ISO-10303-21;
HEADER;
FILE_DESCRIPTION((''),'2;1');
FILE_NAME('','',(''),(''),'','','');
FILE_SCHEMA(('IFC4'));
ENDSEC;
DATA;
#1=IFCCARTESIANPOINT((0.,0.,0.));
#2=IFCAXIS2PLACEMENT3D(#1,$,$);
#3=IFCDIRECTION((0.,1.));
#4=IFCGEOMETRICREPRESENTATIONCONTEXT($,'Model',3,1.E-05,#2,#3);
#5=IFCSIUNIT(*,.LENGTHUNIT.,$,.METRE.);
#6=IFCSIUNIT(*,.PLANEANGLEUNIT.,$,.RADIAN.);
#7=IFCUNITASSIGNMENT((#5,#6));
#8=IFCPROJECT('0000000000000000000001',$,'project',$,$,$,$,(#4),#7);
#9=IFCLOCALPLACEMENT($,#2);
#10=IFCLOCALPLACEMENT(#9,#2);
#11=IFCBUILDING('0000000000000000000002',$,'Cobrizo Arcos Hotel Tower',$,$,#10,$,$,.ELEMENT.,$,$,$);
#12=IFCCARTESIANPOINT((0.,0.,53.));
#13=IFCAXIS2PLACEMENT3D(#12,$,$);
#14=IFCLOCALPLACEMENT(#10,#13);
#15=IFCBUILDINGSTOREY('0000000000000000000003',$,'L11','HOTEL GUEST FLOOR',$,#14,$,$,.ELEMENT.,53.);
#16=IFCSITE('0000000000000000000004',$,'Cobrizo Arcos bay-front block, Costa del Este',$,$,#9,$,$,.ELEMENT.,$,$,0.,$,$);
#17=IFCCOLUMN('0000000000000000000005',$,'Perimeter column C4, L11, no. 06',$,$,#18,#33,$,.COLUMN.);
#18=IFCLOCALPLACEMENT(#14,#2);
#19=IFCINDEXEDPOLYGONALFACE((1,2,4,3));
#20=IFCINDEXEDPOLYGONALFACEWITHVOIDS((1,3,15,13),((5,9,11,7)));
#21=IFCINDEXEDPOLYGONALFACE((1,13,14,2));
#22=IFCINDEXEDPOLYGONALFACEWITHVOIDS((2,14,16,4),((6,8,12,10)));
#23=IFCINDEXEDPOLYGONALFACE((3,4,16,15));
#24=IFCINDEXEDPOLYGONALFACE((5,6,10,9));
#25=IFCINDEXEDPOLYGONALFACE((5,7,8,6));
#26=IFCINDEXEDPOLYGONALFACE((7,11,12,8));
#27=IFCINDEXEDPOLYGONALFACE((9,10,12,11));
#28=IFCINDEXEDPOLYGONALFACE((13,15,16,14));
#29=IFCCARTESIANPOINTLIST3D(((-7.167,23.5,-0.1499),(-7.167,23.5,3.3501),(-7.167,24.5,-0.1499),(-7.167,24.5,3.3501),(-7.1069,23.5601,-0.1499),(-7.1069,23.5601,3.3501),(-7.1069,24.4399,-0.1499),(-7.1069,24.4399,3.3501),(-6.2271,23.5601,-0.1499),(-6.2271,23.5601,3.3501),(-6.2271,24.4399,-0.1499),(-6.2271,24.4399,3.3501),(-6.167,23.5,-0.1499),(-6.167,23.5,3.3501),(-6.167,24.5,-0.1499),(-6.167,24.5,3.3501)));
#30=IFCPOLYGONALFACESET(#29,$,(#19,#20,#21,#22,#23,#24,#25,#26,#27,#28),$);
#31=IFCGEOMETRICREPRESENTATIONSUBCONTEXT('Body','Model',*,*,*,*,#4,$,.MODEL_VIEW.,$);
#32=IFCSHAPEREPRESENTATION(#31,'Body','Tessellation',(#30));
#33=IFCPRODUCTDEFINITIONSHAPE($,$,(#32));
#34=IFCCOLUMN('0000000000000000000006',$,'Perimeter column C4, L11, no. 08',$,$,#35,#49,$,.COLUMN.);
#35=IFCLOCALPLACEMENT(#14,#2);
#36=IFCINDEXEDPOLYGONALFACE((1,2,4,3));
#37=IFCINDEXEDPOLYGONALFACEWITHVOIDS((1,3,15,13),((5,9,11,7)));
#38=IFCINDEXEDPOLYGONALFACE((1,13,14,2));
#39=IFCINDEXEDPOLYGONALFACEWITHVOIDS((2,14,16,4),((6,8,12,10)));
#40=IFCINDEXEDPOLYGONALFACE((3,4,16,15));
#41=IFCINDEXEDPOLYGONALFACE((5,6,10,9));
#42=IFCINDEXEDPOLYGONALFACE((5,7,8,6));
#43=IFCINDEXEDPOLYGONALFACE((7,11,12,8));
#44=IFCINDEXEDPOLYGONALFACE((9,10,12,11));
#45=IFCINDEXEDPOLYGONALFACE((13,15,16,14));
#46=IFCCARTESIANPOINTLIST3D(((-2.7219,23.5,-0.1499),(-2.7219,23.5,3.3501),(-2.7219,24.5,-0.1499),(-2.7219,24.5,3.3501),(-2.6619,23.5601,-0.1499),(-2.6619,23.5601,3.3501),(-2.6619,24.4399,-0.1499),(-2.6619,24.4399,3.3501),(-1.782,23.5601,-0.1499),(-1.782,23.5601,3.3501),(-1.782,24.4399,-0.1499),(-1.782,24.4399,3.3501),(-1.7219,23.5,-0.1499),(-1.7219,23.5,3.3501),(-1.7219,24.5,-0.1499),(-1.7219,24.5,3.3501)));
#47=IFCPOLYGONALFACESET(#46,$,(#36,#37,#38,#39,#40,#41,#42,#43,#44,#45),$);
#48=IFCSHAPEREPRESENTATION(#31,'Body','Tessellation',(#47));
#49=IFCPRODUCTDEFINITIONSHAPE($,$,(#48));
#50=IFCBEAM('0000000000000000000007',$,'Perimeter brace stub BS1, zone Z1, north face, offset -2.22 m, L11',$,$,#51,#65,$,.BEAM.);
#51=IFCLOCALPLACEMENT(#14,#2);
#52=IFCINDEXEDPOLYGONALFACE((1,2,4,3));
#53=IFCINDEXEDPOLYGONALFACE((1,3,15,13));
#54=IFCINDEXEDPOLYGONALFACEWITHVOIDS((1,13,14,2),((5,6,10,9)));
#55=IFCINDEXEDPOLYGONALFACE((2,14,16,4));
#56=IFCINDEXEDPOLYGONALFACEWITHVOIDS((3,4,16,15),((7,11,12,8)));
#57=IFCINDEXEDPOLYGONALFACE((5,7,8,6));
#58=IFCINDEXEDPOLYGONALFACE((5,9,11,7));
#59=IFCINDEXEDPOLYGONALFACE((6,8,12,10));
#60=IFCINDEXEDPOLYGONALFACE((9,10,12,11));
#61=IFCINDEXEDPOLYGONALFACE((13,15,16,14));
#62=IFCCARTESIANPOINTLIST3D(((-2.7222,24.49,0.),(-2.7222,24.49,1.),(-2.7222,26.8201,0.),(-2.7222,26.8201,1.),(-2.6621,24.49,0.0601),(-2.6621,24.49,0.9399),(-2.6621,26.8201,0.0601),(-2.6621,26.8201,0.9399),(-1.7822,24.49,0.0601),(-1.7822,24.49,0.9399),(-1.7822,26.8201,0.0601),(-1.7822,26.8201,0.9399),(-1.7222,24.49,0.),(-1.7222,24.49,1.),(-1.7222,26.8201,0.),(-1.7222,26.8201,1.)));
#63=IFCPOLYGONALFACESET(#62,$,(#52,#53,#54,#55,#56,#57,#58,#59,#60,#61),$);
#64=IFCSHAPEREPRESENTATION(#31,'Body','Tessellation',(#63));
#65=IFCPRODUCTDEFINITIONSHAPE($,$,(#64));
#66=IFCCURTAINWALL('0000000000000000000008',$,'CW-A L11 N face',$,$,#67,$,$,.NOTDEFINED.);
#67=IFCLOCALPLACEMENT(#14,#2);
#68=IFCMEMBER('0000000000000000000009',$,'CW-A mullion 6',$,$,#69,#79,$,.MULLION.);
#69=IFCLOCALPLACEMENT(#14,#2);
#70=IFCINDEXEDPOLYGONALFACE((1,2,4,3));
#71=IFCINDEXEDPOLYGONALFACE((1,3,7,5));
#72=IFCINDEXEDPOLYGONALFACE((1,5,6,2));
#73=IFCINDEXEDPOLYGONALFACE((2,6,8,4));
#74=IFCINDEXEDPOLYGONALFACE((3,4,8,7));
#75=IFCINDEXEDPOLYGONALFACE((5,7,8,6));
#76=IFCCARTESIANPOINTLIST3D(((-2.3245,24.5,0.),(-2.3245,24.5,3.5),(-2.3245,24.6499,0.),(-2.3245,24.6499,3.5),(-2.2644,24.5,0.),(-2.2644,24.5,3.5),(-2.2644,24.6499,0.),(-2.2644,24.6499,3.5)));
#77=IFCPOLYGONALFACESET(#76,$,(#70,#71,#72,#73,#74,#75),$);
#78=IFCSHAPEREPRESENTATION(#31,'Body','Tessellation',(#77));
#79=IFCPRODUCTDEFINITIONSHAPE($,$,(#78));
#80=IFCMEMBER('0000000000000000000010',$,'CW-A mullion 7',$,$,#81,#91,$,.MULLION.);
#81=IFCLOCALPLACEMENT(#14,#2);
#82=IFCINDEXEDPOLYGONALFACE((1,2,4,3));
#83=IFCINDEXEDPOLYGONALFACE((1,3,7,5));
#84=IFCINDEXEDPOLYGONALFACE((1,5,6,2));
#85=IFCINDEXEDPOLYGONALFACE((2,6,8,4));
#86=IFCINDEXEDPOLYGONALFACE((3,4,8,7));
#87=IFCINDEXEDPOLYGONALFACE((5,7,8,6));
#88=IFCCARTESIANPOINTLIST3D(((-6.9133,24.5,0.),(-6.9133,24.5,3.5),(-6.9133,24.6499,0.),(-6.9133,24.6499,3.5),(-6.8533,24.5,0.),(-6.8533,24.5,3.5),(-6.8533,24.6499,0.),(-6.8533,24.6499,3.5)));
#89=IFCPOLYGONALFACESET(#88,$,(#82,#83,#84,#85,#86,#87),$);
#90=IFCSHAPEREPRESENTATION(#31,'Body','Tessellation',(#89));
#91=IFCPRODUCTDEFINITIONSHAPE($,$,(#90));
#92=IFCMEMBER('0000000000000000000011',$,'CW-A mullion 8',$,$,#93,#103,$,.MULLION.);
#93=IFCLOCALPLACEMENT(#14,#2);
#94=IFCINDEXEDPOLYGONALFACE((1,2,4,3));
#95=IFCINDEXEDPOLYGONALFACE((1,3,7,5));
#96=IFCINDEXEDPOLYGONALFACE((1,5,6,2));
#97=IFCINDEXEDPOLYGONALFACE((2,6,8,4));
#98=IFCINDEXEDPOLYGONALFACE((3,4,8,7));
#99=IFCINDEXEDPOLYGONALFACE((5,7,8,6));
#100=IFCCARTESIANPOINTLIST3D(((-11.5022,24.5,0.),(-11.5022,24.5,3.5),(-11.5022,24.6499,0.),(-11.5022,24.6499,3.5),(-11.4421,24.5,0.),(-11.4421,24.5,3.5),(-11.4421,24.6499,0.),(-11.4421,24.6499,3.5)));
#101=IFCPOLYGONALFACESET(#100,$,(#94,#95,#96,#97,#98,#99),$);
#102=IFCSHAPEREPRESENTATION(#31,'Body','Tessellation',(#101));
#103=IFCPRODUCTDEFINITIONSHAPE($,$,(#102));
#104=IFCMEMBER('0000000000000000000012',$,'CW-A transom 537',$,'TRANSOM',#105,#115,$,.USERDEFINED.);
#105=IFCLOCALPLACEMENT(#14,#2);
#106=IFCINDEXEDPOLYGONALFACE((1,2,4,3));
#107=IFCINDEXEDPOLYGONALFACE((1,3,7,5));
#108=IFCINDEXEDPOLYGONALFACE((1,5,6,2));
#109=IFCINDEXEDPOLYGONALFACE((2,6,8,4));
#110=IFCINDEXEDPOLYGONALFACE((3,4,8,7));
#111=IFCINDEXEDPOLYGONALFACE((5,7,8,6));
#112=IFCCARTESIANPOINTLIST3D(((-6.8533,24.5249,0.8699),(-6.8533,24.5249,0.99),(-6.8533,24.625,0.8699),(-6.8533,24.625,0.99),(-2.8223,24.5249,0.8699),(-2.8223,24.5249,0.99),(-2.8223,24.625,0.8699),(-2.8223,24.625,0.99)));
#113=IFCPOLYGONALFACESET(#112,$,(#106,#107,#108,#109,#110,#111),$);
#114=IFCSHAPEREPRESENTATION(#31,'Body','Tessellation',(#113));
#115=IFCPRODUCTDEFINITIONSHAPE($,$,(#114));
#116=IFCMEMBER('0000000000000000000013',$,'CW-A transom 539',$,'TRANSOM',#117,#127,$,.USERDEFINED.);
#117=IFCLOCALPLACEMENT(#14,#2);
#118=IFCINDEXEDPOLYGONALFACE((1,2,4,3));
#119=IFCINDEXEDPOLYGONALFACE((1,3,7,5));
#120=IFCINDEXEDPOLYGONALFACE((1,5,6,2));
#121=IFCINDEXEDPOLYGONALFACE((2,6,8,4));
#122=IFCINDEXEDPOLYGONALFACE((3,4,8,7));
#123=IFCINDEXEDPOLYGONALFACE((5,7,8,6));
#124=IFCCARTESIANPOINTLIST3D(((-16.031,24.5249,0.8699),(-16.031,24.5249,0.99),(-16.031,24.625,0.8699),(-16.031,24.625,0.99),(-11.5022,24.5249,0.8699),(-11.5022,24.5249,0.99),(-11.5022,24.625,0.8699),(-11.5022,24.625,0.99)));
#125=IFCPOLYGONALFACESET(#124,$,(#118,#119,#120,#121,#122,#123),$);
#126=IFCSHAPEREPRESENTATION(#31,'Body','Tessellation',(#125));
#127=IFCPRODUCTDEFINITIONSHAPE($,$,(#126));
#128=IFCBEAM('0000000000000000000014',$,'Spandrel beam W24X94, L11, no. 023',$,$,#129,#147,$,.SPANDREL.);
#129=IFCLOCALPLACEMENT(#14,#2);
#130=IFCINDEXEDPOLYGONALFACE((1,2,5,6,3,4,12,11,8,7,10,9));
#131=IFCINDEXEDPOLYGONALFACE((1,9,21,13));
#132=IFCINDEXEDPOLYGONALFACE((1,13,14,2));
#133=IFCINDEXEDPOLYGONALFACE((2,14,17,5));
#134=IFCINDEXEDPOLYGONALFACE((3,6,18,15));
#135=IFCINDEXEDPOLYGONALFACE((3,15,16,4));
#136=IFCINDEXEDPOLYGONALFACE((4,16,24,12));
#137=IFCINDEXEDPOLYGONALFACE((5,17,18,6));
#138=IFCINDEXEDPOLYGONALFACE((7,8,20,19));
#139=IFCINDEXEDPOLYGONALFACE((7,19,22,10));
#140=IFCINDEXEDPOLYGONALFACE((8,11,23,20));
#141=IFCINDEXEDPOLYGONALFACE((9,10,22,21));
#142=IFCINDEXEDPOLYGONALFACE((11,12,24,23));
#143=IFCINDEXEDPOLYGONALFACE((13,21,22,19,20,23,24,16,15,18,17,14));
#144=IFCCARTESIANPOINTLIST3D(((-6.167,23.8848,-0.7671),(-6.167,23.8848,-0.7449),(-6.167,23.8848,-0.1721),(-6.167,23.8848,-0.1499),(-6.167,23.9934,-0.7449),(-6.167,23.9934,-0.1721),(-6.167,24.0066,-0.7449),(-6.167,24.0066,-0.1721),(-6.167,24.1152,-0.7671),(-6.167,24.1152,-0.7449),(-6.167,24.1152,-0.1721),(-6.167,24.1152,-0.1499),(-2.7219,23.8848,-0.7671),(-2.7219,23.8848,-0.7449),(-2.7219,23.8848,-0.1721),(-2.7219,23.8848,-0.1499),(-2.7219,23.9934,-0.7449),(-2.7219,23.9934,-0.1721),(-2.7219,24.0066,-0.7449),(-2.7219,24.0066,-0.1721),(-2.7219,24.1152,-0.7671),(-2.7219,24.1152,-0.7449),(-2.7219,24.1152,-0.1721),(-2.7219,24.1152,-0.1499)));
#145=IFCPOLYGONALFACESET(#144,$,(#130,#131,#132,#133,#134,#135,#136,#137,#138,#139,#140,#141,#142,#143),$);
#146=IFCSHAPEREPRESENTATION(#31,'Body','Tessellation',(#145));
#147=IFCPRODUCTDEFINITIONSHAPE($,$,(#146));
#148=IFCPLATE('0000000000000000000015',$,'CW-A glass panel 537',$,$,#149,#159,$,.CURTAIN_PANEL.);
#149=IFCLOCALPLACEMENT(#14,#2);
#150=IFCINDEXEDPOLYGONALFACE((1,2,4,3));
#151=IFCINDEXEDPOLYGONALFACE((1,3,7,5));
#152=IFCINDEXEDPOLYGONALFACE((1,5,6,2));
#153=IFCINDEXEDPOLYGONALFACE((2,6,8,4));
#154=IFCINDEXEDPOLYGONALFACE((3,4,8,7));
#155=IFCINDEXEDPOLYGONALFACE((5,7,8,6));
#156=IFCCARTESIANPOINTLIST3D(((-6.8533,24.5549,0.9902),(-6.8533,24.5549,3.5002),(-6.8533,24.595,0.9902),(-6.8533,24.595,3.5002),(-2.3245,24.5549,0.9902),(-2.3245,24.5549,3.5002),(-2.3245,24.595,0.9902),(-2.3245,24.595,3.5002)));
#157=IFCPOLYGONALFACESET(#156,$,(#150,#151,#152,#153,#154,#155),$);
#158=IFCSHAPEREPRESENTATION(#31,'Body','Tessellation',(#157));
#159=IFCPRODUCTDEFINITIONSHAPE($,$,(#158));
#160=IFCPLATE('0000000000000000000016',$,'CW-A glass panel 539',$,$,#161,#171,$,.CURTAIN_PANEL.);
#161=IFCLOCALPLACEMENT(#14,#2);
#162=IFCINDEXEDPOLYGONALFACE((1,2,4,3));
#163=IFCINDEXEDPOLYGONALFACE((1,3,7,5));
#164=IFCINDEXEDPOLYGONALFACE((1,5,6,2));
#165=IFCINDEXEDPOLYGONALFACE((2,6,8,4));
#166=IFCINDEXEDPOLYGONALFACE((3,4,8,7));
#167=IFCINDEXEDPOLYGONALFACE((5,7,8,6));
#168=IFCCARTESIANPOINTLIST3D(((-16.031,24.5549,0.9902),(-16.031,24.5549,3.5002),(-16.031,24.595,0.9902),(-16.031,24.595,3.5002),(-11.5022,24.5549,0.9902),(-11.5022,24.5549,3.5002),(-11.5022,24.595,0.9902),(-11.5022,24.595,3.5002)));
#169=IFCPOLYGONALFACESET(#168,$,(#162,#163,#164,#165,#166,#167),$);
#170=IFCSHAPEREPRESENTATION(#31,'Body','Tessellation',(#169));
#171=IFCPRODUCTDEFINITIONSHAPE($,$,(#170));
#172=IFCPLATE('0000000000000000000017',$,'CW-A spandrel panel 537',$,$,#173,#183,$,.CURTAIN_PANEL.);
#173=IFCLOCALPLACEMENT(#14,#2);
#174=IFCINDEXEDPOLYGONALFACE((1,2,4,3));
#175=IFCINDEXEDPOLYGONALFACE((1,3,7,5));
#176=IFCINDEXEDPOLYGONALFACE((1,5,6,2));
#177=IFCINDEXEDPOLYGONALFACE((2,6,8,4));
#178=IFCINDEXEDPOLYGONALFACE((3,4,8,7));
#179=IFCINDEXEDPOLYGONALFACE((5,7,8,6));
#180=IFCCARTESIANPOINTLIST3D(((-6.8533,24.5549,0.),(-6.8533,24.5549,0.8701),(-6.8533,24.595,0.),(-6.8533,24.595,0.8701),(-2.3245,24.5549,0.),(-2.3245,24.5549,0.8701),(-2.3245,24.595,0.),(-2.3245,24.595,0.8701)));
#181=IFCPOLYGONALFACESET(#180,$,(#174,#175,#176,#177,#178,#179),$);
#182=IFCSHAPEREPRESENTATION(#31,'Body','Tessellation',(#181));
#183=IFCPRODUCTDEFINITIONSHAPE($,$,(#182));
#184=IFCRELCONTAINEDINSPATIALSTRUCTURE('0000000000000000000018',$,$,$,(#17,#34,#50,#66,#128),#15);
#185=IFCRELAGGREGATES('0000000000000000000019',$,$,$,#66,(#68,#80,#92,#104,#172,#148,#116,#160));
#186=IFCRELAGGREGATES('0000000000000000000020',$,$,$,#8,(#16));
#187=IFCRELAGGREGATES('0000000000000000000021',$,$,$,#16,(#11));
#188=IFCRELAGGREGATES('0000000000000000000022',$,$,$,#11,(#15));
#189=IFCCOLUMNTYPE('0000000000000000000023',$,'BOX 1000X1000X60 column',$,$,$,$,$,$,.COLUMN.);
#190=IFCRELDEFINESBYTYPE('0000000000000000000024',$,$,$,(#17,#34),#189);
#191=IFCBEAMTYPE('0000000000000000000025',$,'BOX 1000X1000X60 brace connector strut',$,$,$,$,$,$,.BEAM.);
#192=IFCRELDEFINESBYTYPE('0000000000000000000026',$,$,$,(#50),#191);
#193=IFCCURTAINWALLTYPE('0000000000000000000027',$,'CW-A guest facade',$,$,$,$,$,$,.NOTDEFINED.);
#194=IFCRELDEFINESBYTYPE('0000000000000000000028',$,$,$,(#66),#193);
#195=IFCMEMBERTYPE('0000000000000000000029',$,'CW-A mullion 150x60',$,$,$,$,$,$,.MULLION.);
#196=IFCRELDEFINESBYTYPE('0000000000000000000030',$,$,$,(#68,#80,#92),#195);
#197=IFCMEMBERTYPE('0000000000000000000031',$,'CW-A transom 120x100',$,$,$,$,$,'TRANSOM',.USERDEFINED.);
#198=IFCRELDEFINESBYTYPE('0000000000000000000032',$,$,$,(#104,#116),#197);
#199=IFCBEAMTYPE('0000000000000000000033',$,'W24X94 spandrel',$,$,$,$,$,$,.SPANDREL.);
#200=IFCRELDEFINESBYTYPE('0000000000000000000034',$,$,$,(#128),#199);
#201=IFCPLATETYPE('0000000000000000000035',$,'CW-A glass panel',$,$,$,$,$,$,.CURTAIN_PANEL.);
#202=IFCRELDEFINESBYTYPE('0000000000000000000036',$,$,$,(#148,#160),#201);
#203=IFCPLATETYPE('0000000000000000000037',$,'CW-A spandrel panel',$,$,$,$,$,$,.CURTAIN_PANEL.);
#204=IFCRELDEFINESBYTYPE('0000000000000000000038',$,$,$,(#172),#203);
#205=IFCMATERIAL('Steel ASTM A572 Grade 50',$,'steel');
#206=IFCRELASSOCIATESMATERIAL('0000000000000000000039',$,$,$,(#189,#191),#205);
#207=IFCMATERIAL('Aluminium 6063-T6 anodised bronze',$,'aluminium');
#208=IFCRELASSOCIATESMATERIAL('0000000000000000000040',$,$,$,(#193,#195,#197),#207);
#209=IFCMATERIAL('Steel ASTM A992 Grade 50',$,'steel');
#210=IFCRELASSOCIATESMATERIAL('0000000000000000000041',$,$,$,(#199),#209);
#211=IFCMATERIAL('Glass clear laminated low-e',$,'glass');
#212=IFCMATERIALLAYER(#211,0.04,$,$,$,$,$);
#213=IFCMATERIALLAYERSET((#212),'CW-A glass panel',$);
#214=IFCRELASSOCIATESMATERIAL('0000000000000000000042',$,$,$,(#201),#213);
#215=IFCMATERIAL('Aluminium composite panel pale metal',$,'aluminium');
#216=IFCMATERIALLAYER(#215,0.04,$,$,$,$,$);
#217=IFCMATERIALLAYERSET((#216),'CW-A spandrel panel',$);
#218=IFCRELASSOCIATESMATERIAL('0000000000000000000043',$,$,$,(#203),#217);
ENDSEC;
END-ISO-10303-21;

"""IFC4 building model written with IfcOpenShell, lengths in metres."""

from ifc_helpers import new_model, si_unit, direction, frame, origin, origin_2d, place, context, subcontext, project, spatial, rectangle, hollow_rectangle, i_section, extrude, material, layer, layer_set, material_profile, profile_set, type_object, element, aggregate, save


model = new_model("IFC4")

# Units and contexts
model_context = context("Model", 3, precision=1e-05, world=origin(), true_north=direction((0.0, 1.0)))
body_context = subcontext(model_context, "Body", "Model", "MODEL_VIEW")
ifc_project = project(units=[si_unit("LENGTHUNIT", "METRE"), si_unit("PLANEANGLEUNIT", "RADIAN")], contexts=[model_context])

# Site, building, storey
site_placement = place(None, origin())
site = spatial("IfcSite", under=ifc_project, at=site_placement, Name="Cobrizo Arcos bay-front block, Costa del Este", CompositionType="ELEMENT", RefElevation=0.0)
building_placement = place(site_placement, origin())
building = spatial("IfcBuilding", under=site, at=building_placement, Name="Cobrizo Arcos Hotel Tower", CompositionType="ELEMENT")
storey_placement = place(building_placement, frame((0.0, 0.0, 53.0)))
storey = spatial("IfcBuildingStorey", under=building, at=storey_placement, Name="L11", Description="HOTEL GUEST FLOOR", CompositionType="ELEMENT", Elevation=53.0)

# Columns
ifc_material_1 = material(Name="Steel ASTM A572 Grade 50", Category="steel")
ifc_material_profile_1 = material_profile(ifc_material_1, hollow_rectangle(XDim=1.0, YDim=1.0, WallThickness=0.0601, at=origin_2d()), Name="BOX 1000X1000X60")
ifc_profile_set_1 = profile_set([ifc_material_profile_1], Name="Steel ASTM A572 Grade 50")
column_type = type_object("IfcColumnType", Name="BOX 1000X1000X60 column", PredefinedType="COLUMN", material=ifc_profile_set_1)
for number, where, z_axis, x_axis, name in (
    (1, (-6.667, 24.0, -0.1499), (0.0, 0.0, 1.0), (1.0, 0.0, 0.0), "Perimeter column C4, L11, no. 06"),
    (2, (-2.2219, 24.0, -0.1499), (0.0, 0.0, 1.0), (1.0, 0.0, 0.0), "Perimeter column C4, L11, no. 08"),
):
    element("IfcColumn", number, at=place(storey_placement, frame(where, z_axis=z_axis, x_axis=x_axis)), inside=storey, type_object=column_type, Name=name, PredefinedType="COLUMN", context=body_context, shape_type="SweptSolid", body=[
        extrude(hollow_rectangle(XDim=1.0, YDim=1.0, WallThickness=0.0601, at=origin_2d()), origin(), (0.0, 0.0, 1.0), 3.5),
    ])

# Beam
ifc_material_profile_2 = material_profile(ifc_material_1, hollow_rectangle(XDim=1.0, YDim=1.0, WallThickness=0.0601, at=origin_2d()), Name="BOX 1000X1000X60")
ifc_profile_set_2 = profile_set([ifc_material_profile_2], Name="Steel ASTM A572 Grade 50")
beam_type_1 = type_object("IfcBeamType", Name="BOX 1000X1000X60 brace connector strut", PredefinedType="BEAM", material=ifc_profile_set_2)
beam_1_placement = place(storey_placement, frame((-2.2222, 24.49, 0.5), z_axis=(0.0, 1.0, 0.0), x_axis=(-1.0, 0.0, 0.0)))
element("IfcBeam", 3, at=beam_1_placement, inside=storey, type_object=beam_type_1, Name="Perimeter brace stub BS1, zone Z1, north face, offset -2.22 m, L11", PredefinedType="BEAM", context=body_context, shape_type="SweptSolid", body=[
    extrude(hollow_rectangle(XDim=1.0, YDim=1.0, WallThickness=0.0601, at=origin_2d()), origin(), (0.0, 0.0, 1.0), 2.3301),
])

# Curtain wall, members
ifc_material_2 = material(Name="Aluminium 6063-T6 anodised bronze", Category="aluminium")
curtain_wall_type = type_object("IfcCurtainWallType", Name="CW-A guest facade", PredefinedType="NOTDEFINED", material=ifc_material_2)
curtain_wall_placement = place(storey_placement, origin())
curtain_wall = element("IfcCurtainWall", 4, at=curtain_wall_placement, inside=storey, type_object=curtain_wall_type, Name="CW-A L11 N face", PredefinedType="NOTDEFINED")
ifc_material_profile_3 = material_profile(ifc_material_2, rectangle(XDim=0.1499, YDim=0.0601, at=origin_2d()), Name="CW-A mullion 150x60")
ifc_profile_set_3 = profile_set([ifc_material_profile_3], Name="Aluminium 6063-T6 anodised bronze")
member_type_1 = type_object("IfcMemberType", Name="CW-A mullion 150x60", PredefinedType="MULLION", material=ifc_profile_set_3)
member_1_placement = place(storey_placement, frame((-2.2944, 24.575, 0.0), z_axis=(0.0, 0.0, 1.0), x_axis=(0.0, 1.0, 0.0)))
member_1 = element("IfcMember", 5, at=member_1_placement, type_object=member_type_1, Name="CW-A mullion 6", PredefinedType="MULLION", context=body_context, shape_type="SweptSolid", body=[
    extrude(rectangle(XDim=0.1499, YDim=0.0601, at=origin_2d()), origin(), (0.0, 0.0, 1.0), 3.5),
])
member_2_placement = place(storey_placement, frame((-6.8833, 24.575, 0.0), z_axis=(0.0, 0.0, 1.0), x_axis=(0.0, 1.0, 0.0)))
member_2 = element("IfcMember", 6, at=member_2_placement, type_object=member_type_1, Name="CW-A mullion 7", PredefinedType="MULLION", context=body_context, shape_type="SweptSolid", body=[
    extrude(rectangle(XDim=0.1499, YDim=0.0601, at=origin_2d()), origin(), (0.0, 0.0, 1.0), 3.5),
])
member_3_placement = place(storey_placement, frame((-11.4722, 24.575, 0.0), z_axis=(0.0, 0.0, 1.0), x_axis=(0.0, 1.0, 0.0)))
member_3 = element("IfcMember", 7, at=member_3_placement, type_object=member_type_1, Name="CW-A mullion 8", PredefinedType="MULLION", context=body_context, shape_type="SweptSolid", body=[
    extrude(rectangle(XDim=0.1499, YDim=0.0601, at=origin_2d()), origin(), (0.0, 0.0, 1.0), 3.5),
])
ifc_material_profile_4 = material_profile(ifc_material_2, rectangle(XDim=0.1001, YDim=0.1201, at=origin_2d()), Name="CW-A transom 120x100")
ifc_profile_set_4 = profile_set([ifc_material_profile_4], Name="Aluminium 6063-T6 anodised bronze")
member_type_2 = type_object("IfcMemberType", Name="CW-A transom 120x100", ElementType="TRANSOM", PredefinedType="USERDEFINED", material=ifc_profile_set_4)
member_4_placement = place(storey_placement, frame((-2.8223, 24.575, 0.9299), z_axis=(-1.0, 0.0, 0.0), x_axis=(0.0, -1.0, 0.0)))
member_4 = element("IfcMember", 8, at=member_4_placement, type_object=member_type_2, Name="CW-A transom 537", ObjectType="TRANSOM", PredefinedType="USERDEFINED", context=body_context, shape_type="SweptSolid", body=[
    extrude(rectangle(XDim=0.1001, YDim=0.1201, at=origin_2d()), origin(), (0.0, 0.0, 1.0), 4.031),
])
member_5_placement = place(storey_placement, frame((-11.5022, 24.575, 0.9299), z_axis=(-1.0, 0.0, 0.0), x_axis=(0.0, -1.0, 0.0)))
member_5 = element("IfcMember", 9, at=member_5_placement, type_object=member_type_2, Name="CW-A transom 539", ObjectType="TRANSOM", PredefinedType="USERDEFINED", context=body_context, shape_type="SweptSolid", body=[
    extrude(rectangle(XDim=0.1001, YDim=0.1201, at=origin_2d()), origin(), (0.0, 0.0, 1.0), 4.5288),
])

# Beam
ifc_material_3 = material(Name="Steel ASTM A992 Grade 50", Category="steel")
ifc_material_profile_5 = material_profile(ifc_material_3, i_section(OverallWidth=0.2305, OverallDepth=0.6172, WebThickness=0.0132, FlangeThickness=0.0222, at=origin_2d()), Name="W24X94")
ifc_profile_set_5 = profile_set([ifc_material_profile_5], Name="Steel ASTM A992 Grade 50")
beam_type_2 = type_object("IfcBeamType", Name="W24X94 spandrel", PredefinedType="SPANDREL", material=ifc_profile_set_5)
beam_2_placement = place(storey_placement, frame((-2.7219, 24.0, -0.4585), z_axis=(-1.0, 0.0, 0.0), x_axis=(0.0, -1.0, 0.0)))
element("IfcBeam", 10, at=beam_2_placement, inside=storey, type_object=beam_type_2, Name="Spandrel beam W24X94, L11, no. 023", PredefinedType="SPANDREL", context=body_context, shape_type="SweptSolid", body=[
    extrude(i_section(OverallWidth=0.2305, OverallDepth=0.6172, WebThickness=0.0132, FlangeThickness=0.0222, at=origin_2d()), origin(), (0.0, 0.0, 1.0), 3.4451),
])

# Plates
ifc_material_4 = material(Name="Glass clear laminated low-e", Category="glass")
ifc_layer_1 = layer(ifc_material_4, 0.04)
ifc_layer_set_1 = layer_set([ifc_layer_1], Name="CW-A glass panel")
plate_type_1 = type_object("IfcPlateType", Name="CW-A glass panel", PredefinedType="CURTAIN_PANEL", material=ifc_layer_set_1)
plate_1_placement = place(storey_placement, frame((-4.5889, 24.575, 0.9902), z_axis=(0.0, 0.0, 1.0), x_axis=(-1.0, 0.0, 0.0)))
plate_1 = element("IfcPlate", 11, at=plate_1_placement, type_object=plate_type_1, Name="CW-A glass panel 537", PredefinedType="CURTAIN_PANEL", context=body_context, shape_type="SweptSolid", body=[
    extrude(rectangle(XDim=4.5288, YDim=0.04, at=origin_2d()), origin(), (0.0, 0.0, 1.0), 2.51),
])
plate_2_placement = place(storey_placement, frame((-13.7666, 24.575, 0.9902), z_axis=(0.0, 0.0, 1.0), x_axis=(-1.0, 0.0, 0.0)))
plate_2 = element("IfcPlate", 12, at=plate_2_placement, type_object=plate_type_1, Name="CW-A glass panel 539", PredefinedType="CURTAIN_PANEL", context=body_context, shape_type="SweptSolid", body=[
    extrude(rectangle(XDim=4.5288, YDim=0.04, at=origin_2d()), origin(), (0.0, 0.0, 1.0), 2.51),
])
ifc_material_5 = material(Name="Aluminium composite panel pale metal", Category="aluminium")
ifc_layer_2 = layer(ifc_material_5, 0.04)
ifc_layer_set_2 = layer_set([ifc_layer_2], Name="CW-A spandrel panel")
plate_type_2 = type_object("IfcPlateType", Name="CW-A spandrel panel", PredefinedType="CURTAIN_PANEL", material=ifc_layer_set_2)
plate_3_placement = place(storey_placement, frame((-4.5889, 24.575, 0.0), z_axis=(0.0, 0.0, 1.0), x_axis=(-1.0, 0.0, 0.0)))
plate_3 = element("IfcPlate", 13, at=plate_3_placement, type_object=plate_type_2, Name="CW-A spandrel panel 537", PredefinedType="CURTAIN_PANEL", context=body_context, shape_type="SweptSolid", body=[
    extrude(rectangle(XDim=4.5288, YDim=0.04, at=origin_2d()), origin(), (0.0, 0.0, 1.0), 0.8701),
])
aggregate(curtain_wall, [member_1, member_2, member_3, member_4, plate_3, plate_1, member_5, plate_2])

save(model, "model.ifc")
